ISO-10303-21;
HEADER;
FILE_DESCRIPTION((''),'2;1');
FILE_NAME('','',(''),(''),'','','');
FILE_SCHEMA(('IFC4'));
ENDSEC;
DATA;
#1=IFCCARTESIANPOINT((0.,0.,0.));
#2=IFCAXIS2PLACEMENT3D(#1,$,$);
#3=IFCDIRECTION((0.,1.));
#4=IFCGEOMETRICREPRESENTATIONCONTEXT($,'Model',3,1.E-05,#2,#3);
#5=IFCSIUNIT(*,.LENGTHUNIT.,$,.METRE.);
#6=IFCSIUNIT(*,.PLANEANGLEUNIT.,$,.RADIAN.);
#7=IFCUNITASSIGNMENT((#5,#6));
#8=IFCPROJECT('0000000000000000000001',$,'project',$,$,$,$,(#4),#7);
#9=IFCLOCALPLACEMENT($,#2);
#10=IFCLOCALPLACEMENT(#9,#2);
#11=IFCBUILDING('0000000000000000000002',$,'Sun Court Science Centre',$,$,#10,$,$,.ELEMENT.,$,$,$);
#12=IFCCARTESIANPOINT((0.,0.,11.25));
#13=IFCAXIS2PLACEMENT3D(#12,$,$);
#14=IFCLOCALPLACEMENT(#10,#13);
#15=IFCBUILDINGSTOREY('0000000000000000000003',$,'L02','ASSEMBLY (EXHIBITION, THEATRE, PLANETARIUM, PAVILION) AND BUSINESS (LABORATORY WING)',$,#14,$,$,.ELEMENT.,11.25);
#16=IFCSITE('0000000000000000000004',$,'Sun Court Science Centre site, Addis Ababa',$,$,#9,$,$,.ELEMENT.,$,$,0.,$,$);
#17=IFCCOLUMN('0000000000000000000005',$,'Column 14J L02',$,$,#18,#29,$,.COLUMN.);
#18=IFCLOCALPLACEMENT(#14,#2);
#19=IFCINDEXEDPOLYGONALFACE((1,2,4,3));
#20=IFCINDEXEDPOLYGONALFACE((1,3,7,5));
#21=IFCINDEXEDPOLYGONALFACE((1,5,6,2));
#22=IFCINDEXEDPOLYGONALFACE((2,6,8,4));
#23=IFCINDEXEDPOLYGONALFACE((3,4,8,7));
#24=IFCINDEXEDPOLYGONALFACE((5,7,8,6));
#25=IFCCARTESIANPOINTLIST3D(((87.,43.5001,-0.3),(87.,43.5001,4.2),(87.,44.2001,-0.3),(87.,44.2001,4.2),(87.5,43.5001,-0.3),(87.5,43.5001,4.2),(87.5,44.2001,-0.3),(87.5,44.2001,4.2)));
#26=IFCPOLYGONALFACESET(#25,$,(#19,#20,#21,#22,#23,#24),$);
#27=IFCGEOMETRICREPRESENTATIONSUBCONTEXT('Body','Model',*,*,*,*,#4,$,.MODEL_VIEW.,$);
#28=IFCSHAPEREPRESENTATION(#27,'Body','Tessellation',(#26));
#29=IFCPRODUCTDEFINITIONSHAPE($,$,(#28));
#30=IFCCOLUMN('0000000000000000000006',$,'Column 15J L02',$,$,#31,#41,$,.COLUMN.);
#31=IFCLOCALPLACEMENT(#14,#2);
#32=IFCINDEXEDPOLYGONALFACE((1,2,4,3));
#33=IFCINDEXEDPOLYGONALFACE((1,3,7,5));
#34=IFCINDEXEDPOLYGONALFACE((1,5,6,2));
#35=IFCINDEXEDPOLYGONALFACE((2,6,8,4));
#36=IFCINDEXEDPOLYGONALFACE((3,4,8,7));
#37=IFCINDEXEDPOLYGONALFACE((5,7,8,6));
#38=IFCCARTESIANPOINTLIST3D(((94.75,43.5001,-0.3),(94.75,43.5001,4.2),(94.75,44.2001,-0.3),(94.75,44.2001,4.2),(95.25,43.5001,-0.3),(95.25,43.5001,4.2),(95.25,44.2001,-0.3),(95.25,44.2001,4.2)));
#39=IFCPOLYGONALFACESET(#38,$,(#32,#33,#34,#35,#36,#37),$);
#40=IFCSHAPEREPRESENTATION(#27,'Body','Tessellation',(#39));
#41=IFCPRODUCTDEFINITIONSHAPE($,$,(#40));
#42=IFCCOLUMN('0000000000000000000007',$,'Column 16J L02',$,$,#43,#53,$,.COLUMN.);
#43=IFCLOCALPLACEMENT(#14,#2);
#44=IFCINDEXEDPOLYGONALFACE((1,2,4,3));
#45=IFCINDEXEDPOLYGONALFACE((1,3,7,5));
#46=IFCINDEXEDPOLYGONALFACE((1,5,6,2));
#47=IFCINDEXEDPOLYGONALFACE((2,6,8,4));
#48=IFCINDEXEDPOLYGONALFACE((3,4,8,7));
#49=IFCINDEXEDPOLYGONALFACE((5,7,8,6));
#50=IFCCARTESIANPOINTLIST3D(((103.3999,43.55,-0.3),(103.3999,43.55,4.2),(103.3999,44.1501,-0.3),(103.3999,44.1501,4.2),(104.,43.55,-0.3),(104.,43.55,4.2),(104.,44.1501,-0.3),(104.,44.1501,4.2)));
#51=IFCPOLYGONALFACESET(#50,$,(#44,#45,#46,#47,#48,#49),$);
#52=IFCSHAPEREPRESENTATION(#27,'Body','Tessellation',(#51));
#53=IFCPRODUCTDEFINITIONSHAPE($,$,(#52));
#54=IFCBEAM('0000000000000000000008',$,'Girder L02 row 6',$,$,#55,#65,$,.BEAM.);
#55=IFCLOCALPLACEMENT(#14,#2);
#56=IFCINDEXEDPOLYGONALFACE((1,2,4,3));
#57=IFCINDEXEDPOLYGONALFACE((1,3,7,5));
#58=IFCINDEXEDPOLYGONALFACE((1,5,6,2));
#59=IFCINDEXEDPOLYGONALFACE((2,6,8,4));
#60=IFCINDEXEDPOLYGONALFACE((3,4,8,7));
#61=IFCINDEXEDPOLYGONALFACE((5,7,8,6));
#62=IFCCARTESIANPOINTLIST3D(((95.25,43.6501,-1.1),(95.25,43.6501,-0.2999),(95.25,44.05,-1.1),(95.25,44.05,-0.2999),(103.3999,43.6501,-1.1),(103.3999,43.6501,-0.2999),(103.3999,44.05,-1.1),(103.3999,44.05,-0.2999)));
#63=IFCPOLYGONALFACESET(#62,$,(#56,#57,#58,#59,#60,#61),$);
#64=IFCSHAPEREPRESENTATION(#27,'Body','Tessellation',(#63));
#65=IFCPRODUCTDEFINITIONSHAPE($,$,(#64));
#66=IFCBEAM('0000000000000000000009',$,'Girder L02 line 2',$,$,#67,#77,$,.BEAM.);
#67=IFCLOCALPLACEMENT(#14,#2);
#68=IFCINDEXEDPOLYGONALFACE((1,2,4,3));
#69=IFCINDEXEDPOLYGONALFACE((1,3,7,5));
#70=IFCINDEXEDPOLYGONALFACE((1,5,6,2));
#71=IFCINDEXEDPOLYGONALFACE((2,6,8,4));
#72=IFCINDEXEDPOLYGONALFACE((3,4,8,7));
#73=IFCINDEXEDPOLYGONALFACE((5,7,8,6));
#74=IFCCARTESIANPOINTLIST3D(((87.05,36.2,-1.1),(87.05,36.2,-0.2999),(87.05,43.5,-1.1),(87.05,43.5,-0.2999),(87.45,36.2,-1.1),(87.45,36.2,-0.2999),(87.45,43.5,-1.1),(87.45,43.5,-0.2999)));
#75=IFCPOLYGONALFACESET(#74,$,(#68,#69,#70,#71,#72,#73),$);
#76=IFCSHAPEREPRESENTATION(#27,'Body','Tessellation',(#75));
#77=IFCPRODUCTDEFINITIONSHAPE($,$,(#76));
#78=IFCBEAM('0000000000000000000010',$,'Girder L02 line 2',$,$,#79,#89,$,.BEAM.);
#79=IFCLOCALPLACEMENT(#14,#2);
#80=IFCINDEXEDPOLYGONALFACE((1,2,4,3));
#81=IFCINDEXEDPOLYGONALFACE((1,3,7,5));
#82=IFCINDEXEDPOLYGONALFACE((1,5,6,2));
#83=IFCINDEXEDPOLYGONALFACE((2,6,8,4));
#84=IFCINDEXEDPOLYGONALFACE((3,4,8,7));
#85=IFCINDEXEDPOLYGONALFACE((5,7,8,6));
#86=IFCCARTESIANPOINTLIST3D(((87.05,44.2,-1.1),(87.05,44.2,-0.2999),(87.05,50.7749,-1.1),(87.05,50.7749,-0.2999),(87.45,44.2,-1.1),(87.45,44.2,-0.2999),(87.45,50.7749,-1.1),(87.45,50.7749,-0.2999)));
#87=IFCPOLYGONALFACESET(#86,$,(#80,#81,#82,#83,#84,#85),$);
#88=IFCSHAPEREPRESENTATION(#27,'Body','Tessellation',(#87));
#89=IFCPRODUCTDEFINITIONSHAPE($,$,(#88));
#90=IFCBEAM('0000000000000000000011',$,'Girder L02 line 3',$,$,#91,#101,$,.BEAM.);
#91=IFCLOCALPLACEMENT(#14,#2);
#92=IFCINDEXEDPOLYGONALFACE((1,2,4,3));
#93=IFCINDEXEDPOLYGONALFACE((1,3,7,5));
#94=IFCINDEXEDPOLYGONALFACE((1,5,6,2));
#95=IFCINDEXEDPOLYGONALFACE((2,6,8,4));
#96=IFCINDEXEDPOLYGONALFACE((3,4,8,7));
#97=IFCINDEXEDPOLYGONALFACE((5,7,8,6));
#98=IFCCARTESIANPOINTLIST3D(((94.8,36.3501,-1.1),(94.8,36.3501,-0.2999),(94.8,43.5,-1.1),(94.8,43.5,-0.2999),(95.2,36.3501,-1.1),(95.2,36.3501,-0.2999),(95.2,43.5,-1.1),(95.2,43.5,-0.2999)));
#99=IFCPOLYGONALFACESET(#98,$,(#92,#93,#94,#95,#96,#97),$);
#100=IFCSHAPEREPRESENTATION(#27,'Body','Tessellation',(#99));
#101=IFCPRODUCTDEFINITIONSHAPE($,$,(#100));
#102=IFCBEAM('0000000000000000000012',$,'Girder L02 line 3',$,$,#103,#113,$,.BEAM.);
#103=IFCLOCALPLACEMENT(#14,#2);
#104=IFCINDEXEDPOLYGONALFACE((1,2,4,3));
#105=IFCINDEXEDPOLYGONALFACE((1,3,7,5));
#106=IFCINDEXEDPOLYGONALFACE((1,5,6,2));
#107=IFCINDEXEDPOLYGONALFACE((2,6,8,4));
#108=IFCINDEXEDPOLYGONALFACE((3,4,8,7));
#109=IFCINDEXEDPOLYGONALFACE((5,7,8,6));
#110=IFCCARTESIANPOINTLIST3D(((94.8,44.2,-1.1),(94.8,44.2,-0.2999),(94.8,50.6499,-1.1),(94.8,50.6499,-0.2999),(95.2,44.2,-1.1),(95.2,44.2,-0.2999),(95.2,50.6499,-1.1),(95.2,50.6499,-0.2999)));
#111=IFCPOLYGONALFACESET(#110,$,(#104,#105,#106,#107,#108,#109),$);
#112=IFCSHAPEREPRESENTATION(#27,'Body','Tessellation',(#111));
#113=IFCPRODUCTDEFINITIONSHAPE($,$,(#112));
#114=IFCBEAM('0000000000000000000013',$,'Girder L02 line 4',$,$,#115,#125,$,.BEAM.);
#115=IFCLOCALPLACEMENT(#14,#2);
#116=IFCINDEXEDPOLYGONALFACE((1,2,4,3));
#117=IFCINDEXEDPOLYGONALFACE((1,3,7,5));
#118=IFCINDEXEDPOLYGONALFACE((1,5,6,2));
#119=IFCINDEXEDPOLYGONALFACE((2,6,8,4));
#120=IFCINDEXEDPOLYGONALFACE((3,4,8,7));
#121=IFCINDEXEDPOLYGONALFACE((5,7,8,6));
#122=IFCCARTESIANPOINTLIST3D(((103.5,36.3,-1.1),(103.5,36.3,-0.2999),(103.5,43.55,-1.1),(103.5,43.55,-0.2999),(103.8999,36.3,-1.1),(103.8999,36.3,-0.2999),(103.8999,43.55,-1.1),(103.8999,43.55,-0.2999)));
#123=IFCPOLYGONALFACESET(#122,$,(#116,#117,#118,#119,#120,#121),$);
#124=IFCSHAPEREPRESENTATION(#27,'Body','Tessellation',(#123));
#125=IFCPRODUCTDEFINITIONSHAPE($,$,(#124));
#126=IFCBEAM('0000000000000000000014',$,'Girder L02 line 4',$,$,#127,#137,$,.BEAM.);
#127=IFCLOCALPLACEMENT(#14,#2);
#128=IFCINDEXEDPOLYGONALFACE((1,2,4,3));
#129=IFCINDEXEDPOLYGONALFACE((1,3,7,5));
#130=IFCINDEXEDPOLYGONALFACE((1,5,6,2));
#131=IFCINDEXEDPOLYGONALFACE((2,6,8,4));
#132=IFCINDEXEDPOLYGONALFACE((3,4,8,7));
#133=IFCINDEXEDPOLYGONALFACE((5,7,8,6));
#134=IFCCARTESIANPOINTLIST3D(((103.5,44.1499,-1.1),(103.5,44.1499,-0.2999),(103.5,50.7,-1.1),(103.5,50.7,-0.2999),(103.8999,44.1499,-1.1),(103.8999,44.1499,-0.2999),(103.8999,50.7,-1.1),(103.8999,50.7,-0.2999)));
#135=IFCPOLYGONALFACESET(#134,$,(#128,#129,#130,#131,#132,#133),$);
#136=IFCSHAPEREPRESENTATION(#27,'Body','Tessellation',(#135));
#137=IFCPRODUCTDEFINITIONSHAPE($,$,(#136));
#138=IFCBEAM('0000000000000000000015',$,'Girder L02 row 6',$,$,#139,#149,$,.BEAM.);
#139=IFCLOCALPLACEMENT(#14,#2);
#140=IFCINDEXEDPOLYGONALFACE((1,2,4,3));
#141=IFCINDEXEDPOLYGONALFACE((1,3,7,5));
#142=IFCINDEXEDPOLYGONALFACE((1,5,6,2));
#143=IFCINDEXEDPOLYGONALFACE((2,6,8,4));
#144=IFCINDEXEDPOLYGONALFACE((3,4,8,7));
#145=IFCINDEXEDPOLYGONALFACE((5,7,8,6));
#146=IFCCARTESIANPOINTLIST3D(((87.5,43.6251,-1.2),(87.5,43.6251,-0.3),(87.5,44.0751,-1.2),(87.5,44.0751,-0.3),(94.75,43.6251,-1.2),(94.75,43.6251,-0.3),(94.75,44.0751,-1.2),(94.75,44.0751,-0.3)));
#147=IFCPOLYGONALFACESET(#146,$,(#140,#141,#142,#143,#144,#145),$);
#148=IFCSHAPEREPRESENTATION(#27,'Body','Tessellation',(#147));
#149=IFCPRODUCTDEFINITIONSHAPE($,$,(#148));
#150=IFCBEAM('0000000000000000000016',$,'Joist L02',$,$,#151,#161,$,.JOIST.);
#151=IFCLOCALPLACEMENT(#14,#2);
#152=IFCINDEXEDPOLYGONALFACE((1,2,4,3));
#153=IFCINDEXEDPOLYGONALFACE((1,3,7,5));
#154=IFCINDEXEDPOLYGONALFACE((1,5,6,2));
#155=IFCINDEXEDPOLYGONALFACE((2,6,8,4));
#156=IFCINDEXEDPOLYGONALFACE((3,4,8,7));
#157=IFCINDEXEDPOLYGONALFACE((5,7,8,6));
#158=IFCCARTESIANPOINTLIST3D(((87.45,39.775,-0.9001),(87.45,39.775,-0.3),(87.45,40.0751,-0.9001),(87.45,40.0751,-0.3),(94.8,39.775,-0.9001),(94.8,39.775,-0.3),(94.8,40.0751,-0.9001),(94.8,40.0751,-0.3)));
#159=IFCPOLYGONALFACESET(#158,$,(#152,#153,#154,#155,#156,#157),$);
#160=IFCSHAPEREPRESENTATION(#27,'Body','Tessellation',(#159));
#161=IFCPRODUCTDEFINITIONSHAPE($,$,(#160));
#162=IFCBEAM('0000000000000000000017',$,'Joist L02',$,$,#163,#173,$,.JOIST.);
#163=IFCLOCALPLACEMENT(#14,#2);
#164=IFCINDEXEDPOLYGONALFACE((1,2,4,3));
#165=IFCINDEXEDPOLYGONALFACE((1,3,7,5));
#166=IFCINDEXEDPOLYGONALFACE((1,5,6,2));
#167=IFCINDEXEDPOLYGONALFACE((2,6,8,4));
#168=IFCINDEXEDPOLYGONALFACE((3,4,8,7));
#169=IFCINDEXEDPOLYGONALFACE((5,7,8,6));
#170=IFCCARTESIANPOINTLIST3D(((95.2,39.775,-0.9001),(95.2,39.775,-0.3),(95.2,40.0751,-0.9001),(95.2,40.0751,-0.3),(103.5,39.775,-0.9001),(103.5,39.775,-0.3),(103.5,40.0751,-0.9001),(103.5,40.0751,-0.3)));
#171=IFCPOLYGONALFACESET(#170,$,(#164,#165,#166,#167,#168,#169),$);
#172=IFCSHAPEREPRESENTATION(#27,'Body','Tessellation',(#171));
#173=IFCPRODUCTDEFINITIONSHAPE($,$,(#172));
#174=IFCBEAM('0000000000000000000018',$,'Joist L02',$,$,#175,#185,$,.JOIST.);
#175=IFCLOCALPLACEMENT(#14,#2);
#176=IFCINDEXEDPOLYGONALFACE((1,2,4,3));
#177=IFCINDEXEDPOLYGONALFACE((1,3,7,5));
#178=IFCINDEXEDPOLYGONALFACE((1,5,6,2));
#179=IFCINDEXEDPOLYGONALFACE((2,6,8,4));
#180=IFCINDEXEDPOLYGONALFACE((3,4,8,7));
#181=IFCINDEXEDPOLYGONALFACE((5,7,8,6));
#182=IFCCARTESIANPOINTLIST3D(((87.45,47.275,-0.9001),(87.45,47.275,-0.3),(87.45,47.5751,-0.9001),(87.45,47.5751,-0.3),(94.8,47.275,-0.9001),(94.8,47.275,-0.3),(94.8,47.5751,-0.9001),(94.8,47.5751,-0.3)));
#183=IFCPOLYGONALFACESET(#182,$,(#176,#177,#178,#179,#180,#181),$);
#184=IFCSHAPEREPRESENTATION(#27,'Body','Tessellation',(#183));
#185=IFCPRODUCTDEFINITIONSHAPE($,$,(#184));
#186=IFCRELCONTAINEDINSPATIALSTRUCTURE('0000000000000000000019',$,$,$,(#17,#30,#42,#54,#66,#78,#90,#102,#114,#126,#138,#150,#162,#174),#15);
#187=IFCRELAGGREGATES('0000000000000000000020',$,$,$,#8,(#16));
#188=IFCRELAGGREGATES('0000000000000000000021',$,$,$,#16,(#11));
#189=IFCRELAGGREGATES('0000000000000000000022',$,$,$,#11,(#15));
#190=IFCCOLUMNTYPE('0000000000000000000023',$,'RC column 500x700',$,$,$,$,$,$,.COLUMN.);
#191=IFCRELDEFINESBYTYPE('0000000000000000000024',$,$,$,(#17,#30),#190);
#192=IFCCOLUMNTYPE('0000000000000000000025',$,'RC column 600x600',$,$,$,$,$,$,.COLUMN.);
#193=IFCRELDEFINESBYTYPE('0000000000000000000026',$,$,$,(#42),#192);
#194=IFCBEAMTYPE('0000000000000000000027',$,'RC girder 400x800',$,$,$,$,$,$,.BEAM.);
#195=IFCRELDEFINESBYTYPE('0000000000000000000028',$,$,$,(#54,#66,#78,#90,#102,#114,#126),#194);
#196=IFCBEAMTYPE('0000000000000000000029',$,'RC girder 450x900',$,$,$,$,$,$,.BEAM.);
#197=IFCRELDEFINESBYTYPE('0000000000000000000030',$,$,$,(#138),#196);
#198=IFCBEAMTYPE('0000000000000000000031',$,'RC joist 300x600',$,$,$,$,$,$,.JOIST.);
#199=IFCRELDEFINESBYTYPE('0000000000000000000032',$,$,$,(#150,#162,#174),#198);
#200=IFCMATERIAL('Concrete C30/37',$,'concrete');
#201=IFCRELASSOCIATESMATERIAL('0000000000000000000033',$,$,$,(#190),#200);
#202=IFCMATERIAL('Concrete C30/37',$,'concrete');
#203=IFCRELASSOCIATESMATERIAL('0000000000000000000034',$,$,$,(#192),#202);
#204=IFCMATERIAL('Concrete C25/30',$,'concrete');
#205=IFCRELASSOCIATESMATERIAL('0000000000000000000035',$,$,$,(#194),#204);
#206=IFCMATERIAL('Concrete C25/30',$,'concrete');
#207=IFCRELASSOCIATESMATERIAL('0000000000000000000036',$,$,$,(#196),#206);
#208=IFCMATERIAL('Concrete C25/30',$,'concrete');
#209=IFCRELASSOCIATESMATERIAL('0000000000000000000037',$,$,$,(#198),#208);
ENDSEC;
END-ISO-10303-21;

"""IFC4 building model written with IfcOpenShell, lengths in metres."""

from ifc_helpers import new_model, si_unit, direction, frame, origin, origin_2d, place, context, subcontext, project, spatial, rectangle, extrude, material, material_profile, profile_set, type_object, element, save


model = new_model("IFC4")

# Units and contexts
model_context = context("Model", 3, precision=1e-05, world=origin(), true_north=direction((0.0, 1.0)))
body_context = subcontext(model_context, "Body", "Model", "MODEL_VIEW")
ifc_project = project(units=[si_unit("LENGTHUNIT", "METRE"), si_unit("PLANEANGLEUNIT", "RADIAN")], contexts=[model_context])

# Site, building, storey
site_placement = place(None, origin())
site = spatial("IfcSite", under=ifc_project, at=site_placement, Name="Sun Court Science Centre site, Addis Ababa", CompositionType="ELEMENT", RefElevation=0.0)
building_placement = place(site_placement, origin())
building = spatial("IfcBuilding", under=site, at=building_placement, Name="Sun Court Science Centre", CompositionType="ELEMENT")
storey_placement = place(building_placement, frame((0.0, 0.0, 11.25)))
storey = spatial("IfcBuildingStorey", under=building, at=storey_placement, Name="L02", Description="ASSEMBLY (EXHIBITION, THEATRE, PLANETARIUM, PAVILION) AND BUSINESS (LABORATORY WING)", CompositionType="ELEMENT", Elevation=11.25)

# Columns
ifc_material_1 = material(Name="Concrete C30/37", Category="concrete")
ifc_material_profile_1 = material_profile(ifc_material_1, rectangle(XDim=0.5, YDim=0.7, at=origin_2d()), Name="RC 500x700")
ifc_profile_set_1 = profile_set([ifc_material_profile_1], Name="Concrete C30/37")
column_type_1 = type_object("IfcColumnType", Name="RC column 500x700", PredefinedType="COLUMN", material=ifc_profile_set_1)
for number, where, z_axis, x_axis, name in (
    (1, (87.25, 43.8501, -0.3), (0.0, 0.0, 1.0), (1.0, 0.0, 0.0), "Column 14J L02"),
    (2, (95.0, 43.8501, -0.3), (0.0, 0.0, 1.0), (1.0, 0.0, 0.0), "Column 15J L02"),
):
    element("IfcColumn", number, at=place(storey_placement, frame(where, z_axis=z_axis, x_axis=x_axis)), inside=storey, type_object=column_type_1, Name=name, PredefinedType="COLUMN", context=body_context, shape_type="SweptSolid", body=[
        extrude(rectangle(XDim=0.5, YDim=0.7, at=origin_2d()), origin(), (0.0, 0.0, 1.0), 4.5),
    ])
ifc_material_2 = material(Name="Concrete C30/37", Category="concrete")
ifc_material_profile_2 = material_profile(ifc_material_2, rectangle(XDim=0.6001, YDim=0.6001, at=origin_2d()), Name="RC 600x600")
ifc_profile_set_2 = profile_set([ifc_material_profile_2], Name="Concrete C30/37")
column_type_2 = type_object("IfcColumnType", Name="RC column 600x600", PredefinedType="COLUMN", material=ifc_profile_set_2)
column_placement = place(storey_placement, frame((103.7, 43.8501, -0.3), z_axis=(0.0, 0.0, 1.0), x_axis=(1.0, 0.0, 0.0)))
element("IfcColumn", 3, at=column_placement, inside=storey, type_object=column_type_2, Name="Column 16J L02", PredefinedType="COLUMN", context=body_context, shape_type="SweptSolid", body=[
    extrude(rectangle(XDim=0.6001, YDim=0.6001, at=origin_2d()), origin(), (0.0, 0.0, 1.0), 4.5),
])

# Beams
ifc_material_3 = material(Name="Concrete C25/30", Category="concrete")
ifc_material_profile_3 = material_profile(ifc_material_3, rectangle(XDim=0.3999, YDim=0.8, at=origin_2d()), Name="RC 400x800")
ifc_profile_set_3 = profile_set([ifc_material_profile_3], Name="Concrete C25/30")
beam_type_1 = type_object("IfcBeamType", Name="RC girder 400x800", PredefinedType="BEAM", material=ifc_profile_set_3)
beam_1_placement = place(storey_placement, frame((95.25, 43.8501, -0.7), z_axis=(1.0, 0.0, 0.0), x_axis=(0.0, 1.0, 0.0)))
element("IfcBeam", 4, at=beam_1_placement, inside=storey, type_object=beam_type_1, Name="Girder L02 row 6", PredefinedType="BEAM", context=body_context, shape_type="SweptSolid", body=[
    extrude(rectangle(XDim=0.3999, YDim=0.8, at=origin_2d()), origin(), (0.0, 0.0, 1.0), 8.1499),
])
beam_2_placement = place(storey_placement, frame((87.25, 36.2, -0.7), z_axis=(0.0, 1.0, 0.0), x_axis=(-1.0, 0.0, 0.0)))
element("IfcBeam", 5, at=beam_2_placement, inside=storey, type_object=beam_type_1, Name="Girder L02 line 2", PredefinedType="BEAM", context=body_context, shape_type="SweptSolid", body=[
    extrude(rectangle(XDim=0.3999, YDim=0.8, at=origin_2d()), origin(), (0.0, 0.0, 1.0), 7.3),
])
beam_3_placement = place(storey_placement, frame((87.25, 44.2, -0.7), z_axis=(0.0, 1.0, 0.0), x_axis=(-1.0, 0.0, 0.0)))
element("IfcBeam", 6, at=beam_3_placement, inside=storey, type_object=beam_type_1, Name="Girder L02 line 2", PredefinedType="BEAM", context=body_context, shape_type="SweptSolid", body=[
    extrude(rectangle(XDim=0.3999, YDim=0.8, at=origin_2d()), origin(), (0.0, 0.0, 1.0), 6.575),
])
beam_4_placement = place(storey_placement, frame((95.0, 36.3501, -0.7), z_axis=(0.0, 1.0, 0.0), x_axis=(-1.0, 0.0, 0.0)))
element("IfcBeam", 7, at=beam_4_placement, inside=storey, type_object=beam_type_1, Name="Girder L02 line 3", PredefinedType="BEAM", context=body_context, shape_type="SweptSolid", body=[
    extrude(rectangle(XDim=0.3999, YDim=0.8, at=origin_2d()), origin(), (0.0, 0.0, 1.0), 7.1499),
])
beam_5_placement = place(storey_placement, frame((95.0, 44.2, -0.7), z_axis=(0.0, 1.0, 0.0), x_axis=(-1.0, 0.0, 0.0)))
element("IfcBeam", 8, at=beam_5_placement, inside=storey, type_object=beam_type_1, Name="Girder L02 line 3", PredefinedType="BEAM", context=body_context, shape_type="SweptSolid", body=[
    extrude(rectangle(XDim=0.3999, YDim=0.8, at=origin_2d()), origin(), (0.0, 0.0, 1.0), 6.45),
])
beam_6_placement = place(storey_placement, frame((103.7, 36.3, -0.7), z_axis=(0.0, 1.0, 0.0), x_axis=(-1.0, 0.0, 0.0)))
element("IfcBeam", 9, at=beam_6_placement, inside=storey, type_object=beam_type_1, Name="Girder L02 line 4", PredefinedType="BEAM", context=body_context, shape_type="SweptSolid", body=[
    extrude(rectangle(XDim=0.3999, YDim=0.8, at=origin_2d()), origin(), (0.0, 0.0, 1.0), 7.25),
])
beam_7_placement = place(storey_placement, frame((103.7, 44.1499, -0.7), z_axis=(0.0, 1.0, 0.0), x_axis=(-1.0, 0.0, 0.0)))
element("IfcBeam", 10, at=beam_7_placement, inside=storey, type_object=beam_type_1, Name="Girder L02 line 4", PredefinedType="BEAM", context=body_context, shape_type="SweptSolid", body=[
    extrude(rectangle(XDim=0.3999, YDim=0.8, at=origin_2d()), origin(), (0.0, 0.0, 1.0), 6.55),
])
ifc_material_4 = material(Name="Concrete C25/30", Category="concrete")
ifc_material_profile_4 = material_profile(ifc_material_4, rectangle(XDim=0.45, YDim=0.8999, at=origin_2d()), Name="RC 450x900")
ifc_profile_set_4 = profile_set([ifc_material_profile_4], Name="Concrete C25/30")
beam_type_2 = type_object("IfcBeamType", Name="RC girder 450x900", PredefinedType="BEAM", material=ifc_profile_set_4)
beam_8_placement = place(storey_placement, frame((87.5, 43.8501, -0.75), z_axis=(1.0, 0.0, 0.0), x_axis=(0.0, 1.0, 0.0)))
element("IfcBeam", 11, at=beam_8_placement, inside=storey, type_object=beam_type_2, Name="Girder L02 row 6", PredefinedType="BEAM", context=body_context, shape_type="SweptSolid", body=[
    extrude(rectangle(XDim=0.45, YDim=0.8999, at=origin_2d()), origin(), (0.0, 0.0, 1.0), 7.25),
])
ifc_material_5 = material(Name="Concrete C25/30", Category="concrete")
ifc_material_profile_5 = material_profile(ifc_material_5, rectangle(XDim=0.3, YDim=0.6001, at=origin_2d()), Name="RC 300x600")
ifc_profile_set_5 = profile_set([ifc_material_profile_5], Name="Concrete C25/30")
beam_type_3 = type_object("IfcBeamType", Name="RC joist 300x600", PredefinedType="JOIST", material=ifc_profile_set_5)
beam_9_placement = place(storey_placement, frame((87.45, 39.925, -0.6001), z_axis=(1.0, 0.0, 0.0), x_axis=(0.0, 1.0, 0.0)))
element("IfcBeam", 12, at=beam_9_placement, inside=storey, type_object=beam_type_3, Name="Joist L02", PredefinedType="JOIST", context=body_context, shape_type="SweptSolid", body=[
    extrude(rectangle(XDim=0.3, YDim=0.6001, at=origin_2d()), origin(), (0.0, 0.0, 1.0), 7.3501),
])
beam_10_placement = place(storey_placement, frame((95.2, 39.925, -0.6001), z_axis=(1.0, 0.0, 0.0), x_axis=(0.0, 1.0, 0.0)))
element("IfcBeam", 13, at=beam_10_placement, inside=storey, type_object=beam_type_3, Name="Joist L02", PredefinedType="JOIST", context=body_context, shape_type="SweptSolid", body=[
    extrude(rectangle(XDim=0.3, YDim=0.6001, at=origin_2d()), origin(), (0.0, 0.0, 1.0), 8.3),
])
beam_11_placement = place(storey_placement, frame((87.45, 47.425, -0.6001), z_axis=(1.0, 0.0, 0.0), x_axis=(0.0, 1.0, 0.0)))
element("IfcBeam", 14, at=beam_11_placement, inside=storey, type_object=beam_type_3, Name="Joist L02", PredefinedType="JOIST", context=body_context, shape_type="SweptSolid", body=[
    extrude(rectangle(XDim=0.3, YDim=0.6001, at=origin_2d()), origin(), (0.0, 0.0, 1.0), 7.3501),
])

save(model, "model.ifc")
